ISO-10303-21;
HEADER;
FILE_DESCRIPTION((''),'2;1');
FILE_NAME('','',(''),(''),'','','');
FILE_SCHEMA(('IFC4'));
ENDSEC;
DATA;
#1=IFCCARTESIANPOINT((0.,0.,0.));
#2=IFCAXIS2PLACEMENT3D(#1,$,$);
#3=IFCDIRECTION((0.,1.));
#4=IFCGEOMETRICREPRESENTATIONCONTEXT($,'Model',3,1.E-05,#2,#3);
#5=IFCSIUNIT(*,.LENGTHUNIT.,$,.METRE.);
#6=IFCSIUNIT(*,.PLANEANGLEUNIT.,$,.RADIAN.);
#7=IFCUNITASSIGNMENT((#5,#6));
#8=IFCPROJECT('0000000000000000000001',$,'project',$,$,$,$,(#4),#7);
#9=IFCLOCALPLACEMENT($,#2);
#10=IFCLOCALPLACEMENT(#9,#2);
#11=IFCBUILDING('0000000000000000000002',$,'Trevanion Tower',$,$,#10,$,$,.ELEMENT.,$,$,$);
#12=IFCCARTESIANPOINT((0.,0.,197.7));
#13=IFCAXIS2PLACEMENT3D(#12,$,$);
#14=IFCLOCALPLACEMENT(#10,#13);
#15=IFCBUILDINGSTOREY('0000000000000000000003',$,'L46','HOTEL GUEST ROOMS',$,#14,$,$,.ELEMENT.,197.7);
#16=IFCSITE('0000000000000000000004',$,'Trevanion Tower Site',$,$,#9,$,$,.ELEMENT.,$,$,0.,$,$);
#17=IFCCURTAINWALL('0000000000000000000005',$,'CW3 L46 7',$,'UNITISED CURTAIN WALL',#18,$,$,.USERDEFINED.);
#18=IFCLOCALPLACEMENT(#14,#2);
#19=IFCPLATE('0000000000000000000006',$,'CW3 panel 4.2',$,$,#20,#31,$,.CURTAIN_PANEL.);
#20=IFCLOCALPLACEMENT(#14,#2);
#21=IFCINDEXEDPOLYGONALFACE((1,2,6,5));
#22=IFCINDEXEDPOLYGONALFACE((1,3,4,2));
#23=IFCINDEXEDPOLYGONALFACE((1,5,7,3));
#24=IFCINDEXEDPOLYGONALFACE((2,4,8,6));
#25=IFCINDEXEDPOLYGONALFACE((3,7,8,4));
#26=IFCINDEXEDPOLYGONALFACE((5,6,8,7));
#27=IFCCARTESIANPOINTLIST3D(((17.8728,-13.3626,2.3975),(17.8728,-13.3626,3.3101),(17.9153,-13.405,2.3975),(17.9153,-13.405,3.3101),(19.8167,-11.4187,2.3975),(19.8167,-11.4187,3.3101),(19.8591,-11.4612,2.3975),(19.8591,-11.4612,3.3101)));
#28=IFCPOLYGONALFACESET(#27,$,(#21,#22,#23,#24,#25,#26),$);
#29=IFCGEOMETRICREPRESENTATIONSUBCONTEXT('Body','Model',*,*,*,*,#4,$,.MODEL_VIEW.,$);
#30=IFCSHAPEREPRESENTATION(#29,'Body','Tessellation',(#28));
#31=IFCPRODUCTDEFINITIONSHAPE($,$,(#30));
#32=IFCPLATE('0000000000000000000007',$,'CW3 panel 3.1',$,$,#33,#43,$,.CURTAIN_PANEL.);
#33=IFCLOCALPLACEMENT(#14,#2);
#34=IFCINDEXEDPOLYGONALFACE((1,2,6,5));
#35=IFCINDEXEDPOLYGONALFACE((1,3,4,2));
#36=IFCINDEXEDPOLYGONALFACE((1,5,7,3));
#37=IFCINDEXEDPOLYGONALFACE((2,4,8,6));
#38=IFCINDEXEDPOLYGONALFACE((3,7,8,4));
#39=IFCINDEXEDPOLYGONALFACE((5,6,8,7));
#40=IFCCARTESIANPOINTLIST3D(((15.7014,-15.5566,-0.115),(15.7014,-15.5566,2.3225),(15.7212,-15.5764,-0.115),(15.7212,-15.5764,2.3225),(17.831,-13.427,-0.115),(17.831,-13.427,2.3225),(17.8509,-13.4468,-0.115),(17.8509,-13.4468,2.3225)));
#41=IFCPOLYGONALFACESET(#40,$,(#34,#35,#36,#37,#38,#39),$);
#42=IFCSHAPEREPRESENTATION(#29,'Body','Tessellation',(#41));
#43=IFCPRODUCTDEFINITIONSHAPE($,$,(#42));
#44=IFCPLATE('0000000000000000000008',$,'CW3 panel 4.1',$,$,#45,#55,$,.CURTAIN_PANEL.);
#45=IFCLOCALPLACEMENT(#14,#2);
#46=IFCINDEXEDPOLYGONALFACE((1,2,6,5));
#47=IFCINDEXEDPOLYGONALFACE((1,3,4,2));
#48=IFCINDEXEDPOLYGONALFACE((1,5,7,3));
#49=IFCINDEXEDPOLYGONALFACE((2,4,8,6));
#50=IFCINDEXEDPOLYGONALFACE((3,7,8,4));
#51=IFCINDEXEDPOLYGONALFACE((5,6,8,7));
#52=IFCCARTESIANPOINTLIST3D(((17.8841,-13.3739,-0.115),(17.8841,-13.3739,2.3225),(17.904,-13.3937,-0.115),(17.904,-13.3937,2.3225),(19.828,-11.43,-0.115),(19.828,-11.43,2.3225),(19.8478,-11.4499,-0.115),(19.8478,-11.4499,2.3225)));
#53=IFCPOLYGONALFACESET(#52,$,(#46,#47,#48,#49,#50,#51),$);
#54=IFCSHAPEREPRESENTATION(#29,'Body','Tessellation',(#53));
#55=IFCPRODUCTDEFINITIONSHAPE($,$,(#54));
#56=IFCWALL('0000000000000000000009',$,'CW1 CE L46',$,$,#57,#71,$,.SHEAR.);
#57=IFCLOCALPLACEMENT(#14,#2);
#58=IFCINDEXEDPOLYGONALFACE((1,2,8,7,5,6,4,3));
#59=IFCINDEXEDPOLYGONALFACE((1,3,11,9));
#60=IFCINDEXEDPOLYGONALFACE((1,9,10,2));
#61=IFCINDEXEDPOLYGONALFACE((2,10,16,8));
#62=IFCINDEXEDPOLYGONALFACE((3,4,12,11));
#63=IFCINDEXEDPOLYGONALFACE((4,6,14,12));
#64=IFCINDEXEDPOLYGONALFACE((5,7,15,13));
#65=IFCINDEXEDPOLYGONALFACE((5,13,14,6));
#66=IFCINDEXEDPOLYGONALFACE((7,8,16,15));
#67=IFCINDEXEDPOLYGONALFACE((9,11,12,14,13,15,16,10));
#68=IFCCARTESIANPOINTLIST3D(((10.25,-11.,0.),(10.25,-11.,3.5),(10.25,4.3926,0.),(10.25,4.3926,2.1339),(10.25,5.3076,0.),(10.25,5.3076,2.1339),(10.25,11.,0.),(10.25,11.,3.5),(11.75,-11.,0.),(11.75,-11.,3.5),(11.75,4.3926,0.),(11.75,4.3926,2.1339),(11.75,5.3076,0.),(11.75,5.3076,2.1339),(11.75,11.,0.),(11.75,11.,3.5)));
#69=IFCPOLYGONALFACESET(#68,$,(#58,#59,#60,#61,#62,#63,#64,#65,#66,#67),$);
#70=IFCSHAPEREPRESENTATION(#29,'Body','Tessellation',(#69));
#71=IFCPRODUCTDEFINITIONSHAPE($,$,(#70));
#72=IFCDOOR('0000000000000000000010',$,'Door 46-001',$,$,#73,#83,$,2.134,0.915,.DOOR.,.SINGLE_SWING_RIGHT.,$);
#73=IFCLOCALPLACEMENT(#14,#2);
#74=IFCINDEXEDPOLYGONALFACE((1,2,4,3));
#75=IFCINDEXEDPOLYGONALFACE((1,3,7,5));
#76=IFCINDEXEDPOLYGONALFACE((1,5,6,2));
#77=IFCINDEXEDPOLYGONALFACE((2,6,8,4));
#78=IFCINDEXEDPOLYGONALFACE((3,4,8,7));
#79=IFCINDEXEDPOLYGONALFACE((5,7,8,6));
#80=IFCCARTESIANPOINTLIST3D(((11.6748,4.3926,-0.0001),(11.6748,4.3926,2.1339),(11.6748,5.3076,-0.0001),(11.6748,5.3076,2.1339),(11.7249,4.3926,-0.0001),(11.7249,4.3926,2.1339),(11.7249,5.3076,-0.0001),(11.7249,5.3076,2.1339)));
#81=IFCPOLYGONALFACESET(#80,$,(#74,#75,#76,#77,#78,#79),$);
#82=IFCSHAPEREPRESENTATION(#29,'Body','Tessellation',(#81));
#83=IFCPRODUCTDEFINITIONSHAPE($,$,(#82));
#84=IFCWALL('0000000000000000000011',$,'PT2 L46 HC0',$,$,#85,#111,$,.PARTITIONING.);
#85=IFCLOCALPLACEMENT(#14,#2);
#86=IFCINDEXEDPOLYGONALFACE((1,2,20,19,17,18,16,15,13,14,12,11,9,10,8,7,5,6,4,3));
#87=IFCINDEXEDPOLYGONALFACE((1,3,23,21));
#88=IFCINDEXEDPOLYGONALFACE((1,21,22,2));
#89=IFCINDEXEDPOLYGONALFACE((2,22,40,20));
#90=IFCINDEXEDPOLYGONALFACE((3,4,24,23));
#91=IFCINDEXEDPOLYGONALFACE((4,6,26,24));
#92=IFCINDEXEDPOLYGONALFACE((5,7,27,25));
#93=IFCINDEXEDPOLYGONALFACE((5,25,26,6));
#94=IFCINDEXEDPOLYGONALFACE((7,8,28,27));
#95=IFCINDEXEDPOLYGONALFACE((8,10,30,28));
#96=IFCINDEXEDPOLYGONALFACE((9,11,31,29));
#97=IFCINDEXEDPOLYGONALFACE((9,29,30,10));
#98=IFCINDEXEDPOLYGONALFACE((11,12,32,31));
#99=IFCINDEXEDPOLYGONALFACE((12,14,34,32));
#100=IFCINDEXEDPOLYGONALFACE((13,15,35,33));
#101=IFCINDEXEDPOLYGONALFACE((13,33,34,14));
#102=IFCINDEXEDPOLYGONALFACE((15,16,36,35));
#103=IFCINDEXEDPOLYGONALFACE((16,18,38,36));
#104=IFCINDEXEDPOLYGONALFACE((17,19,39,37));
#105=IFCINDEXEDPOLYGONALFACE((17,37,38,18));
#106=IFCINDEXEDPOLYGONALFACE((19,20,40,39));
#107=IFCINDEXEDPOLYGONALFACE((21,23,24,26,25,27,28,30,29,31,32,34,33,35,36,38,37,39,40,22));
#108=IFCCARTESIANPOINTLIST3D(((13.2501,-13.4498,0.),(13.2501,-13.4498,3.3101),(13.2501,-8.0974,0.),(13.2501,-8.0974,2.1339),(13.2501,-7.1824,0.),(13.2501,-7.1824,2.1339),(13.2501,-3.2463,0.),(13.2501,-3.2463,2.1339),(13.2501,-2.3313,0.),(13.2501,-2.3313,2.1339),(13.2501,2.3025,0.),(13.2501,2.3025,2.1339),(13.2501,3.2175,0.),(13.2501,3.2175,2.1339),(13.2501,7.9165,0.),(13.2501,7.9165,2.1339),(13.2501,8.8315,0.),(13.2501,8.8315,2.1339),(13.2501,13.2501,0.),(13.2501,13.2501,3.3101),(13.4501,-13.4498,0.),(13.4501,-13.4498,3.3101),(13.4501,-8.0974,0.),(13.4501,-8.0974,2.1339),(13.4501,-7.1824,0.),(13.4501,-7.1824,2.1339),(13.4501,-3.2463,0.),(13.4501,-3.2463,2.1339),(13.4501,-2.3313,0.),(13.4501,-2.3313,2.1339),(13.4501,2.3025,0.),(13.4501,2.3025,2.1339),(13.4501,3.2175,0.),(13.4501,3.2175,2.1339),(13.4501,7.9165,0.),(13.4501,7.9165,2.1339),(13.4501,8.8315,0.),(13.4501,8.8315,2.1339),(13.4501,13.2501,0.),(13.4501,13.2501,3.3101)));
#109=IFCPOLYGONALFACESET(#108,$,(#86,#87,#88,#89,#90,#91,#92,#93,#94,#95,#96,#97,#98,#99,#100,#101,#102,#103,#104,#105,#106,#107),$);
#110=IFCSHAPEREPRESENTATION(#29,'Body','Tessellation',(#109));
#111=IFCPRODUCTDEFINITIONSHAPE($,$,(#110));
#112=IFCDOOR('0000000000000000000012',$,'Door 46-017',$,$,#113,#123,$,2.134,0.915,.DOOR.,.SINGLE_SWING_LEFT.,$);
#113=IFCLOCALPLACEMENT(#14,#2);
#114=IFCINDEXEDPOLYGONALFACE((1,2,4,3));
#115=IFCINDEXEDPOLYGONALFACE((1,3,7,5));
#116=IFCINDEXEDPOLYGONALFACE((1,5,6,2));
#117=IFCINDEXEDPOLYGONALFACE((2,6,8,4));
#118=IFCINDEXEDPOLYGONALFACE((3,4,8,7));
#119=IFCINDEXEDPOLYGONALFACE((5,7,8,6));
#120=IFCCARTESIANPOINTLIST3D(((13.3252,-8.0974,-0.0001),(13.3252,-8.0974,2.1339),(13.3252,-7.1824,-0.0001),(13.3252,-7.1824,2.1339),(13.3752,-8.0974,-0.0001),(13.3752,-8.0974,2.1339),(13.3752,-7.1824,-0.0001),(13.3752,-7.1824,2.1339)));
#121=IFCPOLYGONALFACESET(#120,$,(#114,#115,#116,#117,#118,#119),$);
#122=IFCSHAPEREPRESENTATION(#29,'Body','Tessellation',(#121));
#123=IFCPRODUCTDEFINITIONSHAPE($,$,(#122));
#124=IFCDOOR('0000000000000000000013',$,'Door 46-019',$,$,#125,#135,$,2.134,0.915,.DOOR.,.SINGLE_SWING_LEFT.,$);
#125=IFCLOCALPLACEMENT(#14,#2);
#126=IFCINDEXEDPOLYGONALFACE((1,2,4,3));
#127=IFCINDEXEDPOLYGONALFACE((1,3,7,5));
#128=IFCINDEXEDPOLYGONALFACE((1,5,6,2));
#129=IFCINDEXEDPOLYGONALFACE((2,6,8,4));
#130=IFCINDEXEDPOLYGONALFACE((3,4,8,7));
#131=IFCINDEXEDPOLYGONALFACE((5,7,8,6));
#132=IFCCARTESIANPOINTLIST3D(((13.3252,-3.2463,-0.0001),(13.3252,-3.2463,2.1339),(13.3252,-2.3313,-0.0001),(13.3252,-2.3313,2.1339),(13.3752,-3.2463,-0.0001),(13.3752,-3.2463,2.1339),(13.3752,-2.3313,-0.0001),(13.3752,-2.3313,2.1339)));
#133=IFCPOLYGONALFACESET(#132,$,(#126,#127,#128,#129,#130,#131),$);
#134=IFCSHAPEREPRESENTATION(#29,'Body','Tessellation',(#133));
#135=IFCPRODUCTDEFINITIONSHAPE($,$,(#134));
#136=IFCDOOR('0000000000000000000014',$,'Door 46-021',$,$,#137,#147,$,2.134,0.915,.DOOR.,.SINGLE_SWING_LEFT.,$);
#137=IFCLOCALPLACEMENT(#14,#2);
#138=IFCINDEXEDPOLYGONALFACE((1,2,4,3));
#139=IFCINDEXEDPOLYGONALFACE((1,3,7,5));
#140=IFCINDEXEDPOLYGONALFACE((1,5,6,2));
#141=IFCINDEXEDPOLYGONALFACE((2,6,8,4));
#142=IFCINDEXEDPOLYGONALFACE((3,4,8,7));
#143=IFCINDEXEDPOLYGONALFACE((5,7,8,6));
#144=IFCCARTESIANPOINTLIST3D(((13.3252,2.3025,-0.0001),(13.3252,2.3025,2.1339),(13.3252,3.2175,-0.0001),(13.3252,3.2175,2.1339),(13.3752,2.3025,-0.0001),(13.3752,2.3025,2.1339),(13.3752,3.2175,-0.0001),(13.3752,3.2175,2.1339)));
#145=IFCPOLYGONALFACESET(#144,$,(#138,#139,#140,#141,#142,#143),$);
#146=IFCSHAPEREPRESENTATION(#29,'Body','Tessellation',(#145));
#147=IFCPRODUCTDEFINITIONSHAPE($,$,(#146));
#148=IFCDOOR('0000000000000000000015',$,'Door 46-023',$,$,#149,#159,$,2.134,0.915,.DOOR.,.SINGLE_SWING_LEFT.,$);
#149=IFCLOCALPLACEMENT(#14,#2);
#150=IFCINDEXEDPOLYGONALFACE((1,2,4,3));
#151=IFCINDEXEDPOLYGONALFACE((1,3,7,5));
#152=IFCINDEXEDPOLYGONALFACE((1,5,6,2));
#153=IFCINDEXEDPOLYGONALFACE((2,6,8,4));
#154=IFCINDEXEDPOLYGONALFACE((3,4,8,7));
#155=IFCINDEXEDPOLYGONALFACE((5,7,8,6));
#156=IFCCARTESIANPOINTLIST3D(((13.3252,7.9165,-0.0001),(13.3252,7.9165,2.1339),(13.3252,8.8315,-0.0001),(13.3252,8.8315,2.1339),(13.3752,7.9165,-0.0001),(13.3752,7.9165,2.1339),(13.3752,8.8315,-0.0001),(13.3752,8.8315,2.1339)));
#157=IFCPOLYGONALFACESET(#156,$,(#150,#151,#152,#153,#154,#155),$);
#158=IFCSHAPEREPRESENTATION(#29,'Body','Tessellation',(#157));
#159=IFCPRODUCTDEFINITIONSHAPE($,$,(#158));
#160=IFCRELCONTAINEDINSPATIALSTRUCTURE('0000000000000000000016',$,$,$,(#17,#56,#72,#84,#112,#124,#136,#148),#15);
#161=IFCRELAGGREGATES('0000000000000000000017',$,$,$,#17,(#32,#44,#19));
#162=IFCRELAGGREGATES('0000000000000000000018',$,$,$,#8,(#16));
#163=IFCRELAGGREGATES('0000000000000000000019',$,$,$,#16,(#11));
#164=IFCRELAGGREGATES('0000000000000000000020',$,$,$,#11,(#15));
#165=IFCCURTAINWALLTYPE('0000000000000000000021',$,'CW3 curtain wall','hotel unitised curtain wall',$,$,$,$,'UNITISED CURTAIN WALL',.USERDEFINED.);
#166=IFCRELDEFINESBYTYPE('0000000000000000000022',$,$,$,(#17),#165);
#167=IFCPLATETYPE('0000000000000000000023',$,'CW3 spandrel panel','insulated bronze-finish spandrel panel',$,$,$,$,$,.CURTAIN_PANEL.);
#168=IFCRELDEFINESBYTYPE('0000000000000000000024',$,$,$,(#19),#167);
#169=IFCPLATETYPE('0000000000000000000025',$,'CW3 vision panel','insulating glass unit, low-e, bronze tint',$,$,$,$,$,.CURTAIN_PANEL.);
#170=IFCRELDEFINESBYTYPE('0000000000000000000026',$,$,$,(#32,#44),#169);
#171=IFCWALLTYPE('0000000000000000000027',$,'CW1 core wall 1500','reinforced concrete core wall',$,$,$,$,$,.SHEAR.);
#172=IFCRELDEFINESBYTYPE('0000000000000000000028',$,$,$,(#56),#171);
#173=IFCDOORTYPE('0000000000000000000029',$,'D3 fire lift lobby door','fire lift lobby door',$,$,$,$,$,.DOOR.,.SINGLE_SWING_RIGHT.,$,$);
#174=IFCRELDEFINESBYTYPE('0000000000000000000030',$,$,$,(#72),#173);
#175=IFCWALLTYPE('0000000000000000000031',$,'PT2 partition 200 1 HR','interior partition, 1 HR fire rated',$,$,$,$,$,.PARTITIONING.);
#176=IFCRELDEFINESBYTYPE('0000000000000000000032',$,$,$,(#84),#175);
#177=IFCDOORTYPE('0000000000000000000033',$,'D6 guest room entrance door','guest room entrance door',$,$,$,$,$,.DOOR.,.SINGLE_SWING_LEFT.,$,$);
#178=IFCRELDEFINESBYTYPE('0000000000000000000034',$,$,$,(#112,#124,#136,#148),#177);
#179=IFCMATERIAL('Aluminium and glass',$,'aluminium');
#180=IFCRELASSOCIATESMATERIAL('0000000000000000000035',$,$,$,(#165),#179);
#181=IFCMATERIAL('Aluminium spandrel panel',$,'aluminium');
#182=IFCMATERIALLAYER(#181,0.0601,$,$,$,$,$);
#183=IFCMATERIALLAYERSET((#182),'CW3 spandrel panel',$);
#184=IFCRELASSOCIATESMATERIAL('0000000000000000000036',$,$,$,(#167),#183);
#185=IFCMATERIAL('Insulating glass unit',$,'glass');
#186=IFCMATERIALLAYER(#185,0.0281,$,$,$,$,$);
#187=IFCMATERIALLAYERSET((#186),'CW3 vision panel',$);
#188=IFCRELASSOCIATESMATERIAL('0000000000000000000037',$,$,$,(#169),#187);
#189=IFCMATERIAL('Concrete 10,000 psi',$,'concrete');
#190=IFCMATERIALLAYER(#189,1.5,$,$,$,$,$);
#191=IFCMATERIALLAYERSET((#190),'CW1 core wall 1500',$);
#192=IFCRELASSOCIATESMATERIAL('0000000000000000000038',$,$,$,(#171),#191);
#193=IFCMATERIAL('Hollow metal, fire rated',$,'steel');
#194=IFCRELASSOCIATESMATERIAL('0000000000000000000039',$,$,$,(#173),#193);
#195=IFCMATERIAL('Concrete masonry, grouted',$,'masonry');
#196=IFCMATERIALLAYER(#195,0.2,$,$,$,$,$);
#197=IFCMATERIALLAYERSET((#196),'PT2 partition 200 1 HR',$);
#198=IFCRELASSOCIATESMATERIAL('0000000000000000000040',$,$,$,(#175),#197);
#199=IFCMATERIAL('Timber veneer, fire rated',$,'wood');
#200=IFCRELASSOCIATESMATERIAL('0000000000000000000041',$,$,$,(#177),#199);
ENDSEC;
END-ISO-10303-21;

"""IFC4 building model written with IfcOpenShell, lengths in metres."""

from ifc_helpers import new_model, si_unit, direction, frame, frame_2d, origin, origin_2d, place, context, subcontext, project, spatial, rectangle, extrude, material, layer, layer_set, type_object, element, fill, aggregate, save


model = new_model("IFC4")

# Units and contexts
model_context = context("Model", 3, precision=1e-05, world=origin(), true_north=direction((0.0, 1.0)))
body_context = subcontext(model_context, "Body", "Model", "MODEL_VIEW")
ifc_project = project(units=[si_unit("LENGTHUNIT", "METRE"), si_unit("PLANEANGLEUNIT", "RADIAN")], contexts=[model_context])

# Site, building, storey
site_placement = place(None, origin())
site = spatial("IfcSite", under=ifc_project, at=site_placement, Name="Trevanion Tower Site", CompositionType="ELEMENT", RefElevation=0.0)
building_placement = place(site_placement, origin())
building = spatial("IfcBuilding", under=site, at=building_placement, Name="Trevanion Tower", CompositionType="ELEMENT")
storey_placement = place(building_placement, frame((0.0, 0.0, 197.7)))
storey = spatial("IfcBuildingStorey", under=building, at=storey_placement, Name="L46", Description="HOTEL GUEST ROOMS", CompositionType="ELEMENT", Elevation=197.7)

# Curtain wall
ifc_material_1 = material(Name="Aluminium and glass", Category="aluminium")
curtain_wall_type = type_object("IfcCurtainWallType", Name="CW3 curtain wall", Description="hotel unitised curtain wall", ElementType="UNITISED CURTAIN WALL", PredefinedType="USERDEFINED", material=ifc_material_1)
curtain_wall_placement = place(storey_placement, origin())
curtain_wall = element("IfcCurtainWall", 1, at=curtain_wall_placement, inside=storey, type_object=curtain_wall_type, Name="CW3 L46 7", ObjectType="UNITISED CURTAIN WALL", PredefinedType="USERDEFINED")

# Plates
ifc_material_2 = material(Name="Aluminium spandrel panel", Category="aluminium")
ifc_layer_1 = layer(ifc_material_2, 0.0601)
ifc_layer_set_1 = layer_set([ifc_layer_1], Name="CW3 spandrel panel")
plate_type_1 = type_object("IfcPlateType", Name="CW3 spandrel panel", Description="insulated bronze-finish spandrel panel", PredefinedType="CURTAIN_PANEL", material=ifc_layer_set_1)
plate_1_placement = place(storey_placement, frame((18.866, -12.4119, 2.3975), z_axis=(0.0, 0.0, 1.0), x_axis=(0.707107, 0.707107, 0.0)))
plate_1 = element("IfcPlate", 2, at=plate_1_placement, type_object=plate_type_1, Name="CW3 panel 4.2", PredefinedType="CURTAIN_PANEL", context=body_context, shape_type="SweptSolid", body=[
    extrude(rectangle(XDim=2.749, YDim=0.0601, at=origin_2d()), origin(), (0.0, 0.0, 1.0), 0.9126),
])
ifc_material_3 = material(Name="Insulating glass unit", Category="glass")
ifc_layer_2 = layer(ifc_material_3, 0.0281)
ifc_layer_set_2 = layer_set([ifc_layer_2], Name="CW3 vision panel")
plate_type_2 = type_object("IfcPlateType", Name="CW3 vision panel", Description="insulating glass unit, low-e, bronze tint", PredefinedType="CURTAIN_PANEL", material=ifc_layer_set_2)
plate_2_placement = place(storey_placement, frame((16.7761, -14.5017, -0.115), z_axis=(0.0, 0.0, 1.0), x_axis=(0.707107, 0.707107, 0.0)))
plate_2 = element("IfcPlate", 3, at=plate_2_placement, type_object=plate_type_2, Name="CW3 panel 3.1", PredefinedType="CURTAIN_PANEL", context=body_context, shape_type="SweptSolid", body=[
    extrude(rectangle(XDim=3.0117, YDim=0.0281, at=origin_2d()), origin(), (0.0, 0.0, 1.0), 2.4375),
])
plate_3_placement = place(storey_placement, frame((18.866, -12.4119, -0.115), z_axis=(0.0, 0.0, 1.0), x_axis=(0.707107, 0.707107, 0.0)))
plate_3 = element("IfcPlate", 4, at=plate_3_placement, type_object=plate_type_2, Name="CW3 panel 4.1", PredefinedType="CURTAIN_PANEL", context=body_context, shape_type="SweptSolid", body=[
    extrude(rectangle(XDim=2.749, YDim=0.0281, at=origin_2d()), origin(), (0.0, 0.0, 1.0), 2.4375),
])
aggregate(curtain_wall, [plate_2, plate_3, plate_1])

# Wall, opening, door
ifc_material_4 = material(Name="Concrete 10,000 psi", Category="concrete")
ifc_layer_3 = layer(ifc_material_4, 1.5)
ifc_layer_set_3 = layer_set([ifc_layer_3], Name="CW1 core wall 1500")
wall_type_1 = type_object("IfcWallType", Name="CW1 core wall 1500", Description="reinforced concrete core wall", PredefinedType="SHEAR", material=ifc_layer_set_3)
wall_1_placement = place(storey_placement, frame((11.0, -11.0, 0.0), z_axis=(0.0, 0.0, 1.0), x_axis=(0.0, 1.0, 0.0)))
wall_1 = element("IfcWall", 5, at=wall_1_placement, inside=storey, type_object=wall_type_1, Name="CW1 CE L46", PredefinedType="SHEAR", context=body_context, shape_type="SweptSolid", body=[
    extrude(rectangle(XDim=22.0, YDim=1.5, at=frame_2d((11.0, 0.0))), origin(), (0.0, 0.0, 1.0), 3.5),
])
opening_1_placement = place(wall_1_placement, frame((15.3926, 0.0, 0.0)))
opening_1 = element("IfcOpeningElement", 6, at=opening_1_placement, cuts=wall_1, PredefinedType="OPENING", context=body_context, shape_type="SweptSolid", body=[
    extrude(rectangle(XDim=0.915, YDim=2.134, at=frame_2d((0.4575, 1.0669))), frame((0.0, 0.76, 0.0), z_axis=(0.0, -1.0, 0.0), x_axis=(1.0, 0.0, 0.0)), (0.0, 0.0, 1.0), 1.52),
])
ifc_material_5 = material(Name="Hollow metal, fire rated", Category="steel")
door_type_1 = type_object("IfcDoorType", Name="D3 fire lift lobby door", Description="fire lift lobby door", OperationType="SINGLE_SWING_RIGHT", PredefinedType="DOOR", material=ifc_material_5)
door_1_placement = place(opening_1_placement, origin())
door_1 = element("IfcDoor", 7, at=door_1_placement, inside=storey, type_object=door_type_1, Name="Door 46-001", OperationType="SINGLE_SWING_RIGHT", OverallHeight=2.134, OverallWidth=0.915, PredefinedType="DOOR", context=body_context, shape_type="SweptSolid", body=[
    extrude(rectangle(XDim=0.915, YDim=2.134, at=frame_2d((0.4575, 1.0669))), frame((0.0, -0.6748, 0.0), z_axis=(0.0, -1.0, 0.0), x_axis=(1.0, 0.0, 0.0)), (0.0, 0.0, 1.0), 0.05),
])
fill(opening_1, door_1)

# Wall, openings, doors
ifc_material_6 = material(Name="Concrete masonry, grouted", Category="masonry")
ifc_layer_4 = layer(ifc_material_6, 0.2)
ifc_layer_set_4 = layer_set([ifc_layer_4], Name="PT2 partition 200 1 HR")
wall_type_2 = type_object("IfcWallType", Name="PT2 partition 200 1 HR", Description="interior partition, 1 HR fire rated", PredefinedType="PARTITIONING", material=ifc_layer_set_4)
wall_2_placement = place(storey_placement, frame((13.3501, -13.45, 0.0), z_axis=(0.0, 0.0, 1.0), x_axis=(0.0, 1.0, 0.0)))
wall_2 = element("IfcWall", 8, at=wall_2_placement, inside=storey, type_object=wall_type_2, Name="PT2 L46 HC0", PredefinedType="PARTITIONING", context=body_context, shape_type="SweptSolid", body=[
    extrude(rectangle(XDim=26.7, YDim=0.2, at=frame_2d((13.3501, 0.0))), origin(), (0.0, 0.0, 1.0), 3.3101),
])
opening_2_placement = place(wall_2_placement, frame((5.3525, 0.0, 0.0)))
opening_2 = element("IfcOpeningElement", 9, at=opening_2_placement, cuts=wall_2, PredefinedType="OPENING", context=body_context, shape_type="SweptSolid", body=[
    extrude(rectangle(XDim=0.915, YDim=2.134, at=frame_2d((0.4575, 1.0669))), frame((0.0, 0.1099, 0.0), z_axis=(0.0, -1.0, 0.0), x_axis=(1.0, 0.0, 0.0)), (0.0, 0.0, 1.0), 0.22),
])
opening_3_placement = place(wall_2_placement, frame((10.2036, 0.0, 0.0)))
opening_3 = element("IfcOpeningElement", 10, at=opening_3_placement, cuts=wall_2, PredefinedType="OPENING", context=body_context, shape_type="SweptSolid", body=[
    extrude(rectangle(XDim=0.915, YDim=2.134, at=frame_2d((0.4575, 1.0669))), frame((0.0, 0.1099, 0.0), z_axis=(0.0, -1.0, 0.0), x_axis=(1.0, 0.0, 0.0)), (0.0, 0.0, 1.0), 0.22),
])
opening_4_placement = place(wall_2_placement, frame((15.7524, 0.0, 0.0)))
opening_4 = element("IfcOpeningElement", 11, at=opening_4_placement, cuts=wall_2, PredefinedType="OPENING", context=body_context, shape_type="SweptSolid", body=[
    extrude(rectangle(XDim=0.915, YDim=2.134, at=frame_2d((0.4575, 1.0669))), frame((0.0, 0.1099, 0.0), z_axis=(0.0, -1.0, 0.0), x_axis=(1.0, 0.0, 0.0)), (0.0, 0.0, 1.0), 0.22),
])
opening_5_placement = place(wall_2_placement, frame((21.3665, 0.0, 0.0)))
opening_5 = element("IfcOpeningElement", 12, at=opening_5_placement, cuts=wall_2, PredefinedType="OPENING", context=body_context, shape_type="SweptSolid", body=[
    extrude(rectangle(XDim=0.915, YDim=2.134, at=frame_2d((0.4575, 1.0669))), frame((0.0, 0.1099, 0.0), z_axis=(0.0, -1.0, 0.0), x_axis=(1.0, 0.0, 0.0)), (0.0, 0.0, 1.0), 0.22),
])
ifc_material_7 = material(Name="Timber veneer, fire rated", Category="wood")
door_type_2 = type_object("IfcDoorType", Name="D6 guest room entrance door", Description="guest room entrance door", OperationType="SINGLE_SWING_LEFT", PredefinedType="DOOR", material=ifc_material_7)
door_2_placement = place(opening_2_placement, origin())
door_2 = element("IfcDoor", 13, at=door_2_placement, inside=storey, type_object=door_type_2, Name="Door 46-017", OperationType="SINGLE_SWING_LEFT", OverallHeight=2.134, OverallWidth=0.915, PredefinedType="DOOR", context=body_context, shape_type="SweptSolid", body=[
    extrude(rectangle(XDim=0.915, YDim=2.134, at=frame_2d((0.4575, 1.0669))), frame((0.0, 0.0249, 0.0), z_axis=(0.0, -1.0, 0.0), x_axis=(1.0, 0.0, 0.0)), (0.0, 0.0, 1.0), 0.05),
])
fill(opening_2, door_2)
door_3_placement = place(opening_3_placement, origin())
door_3 = element("IfcDoor", 14, at=door_3_placement, inside=storey, type_object=door_type_2, Name="Door 46-019", OperationType="SINGLE_SWING_LEFT", OverallHeight=2.134, OverallWidth=0.915, PredefinedType="DOOR", context=body_context, shape_type="SweptSolid", body=[
    extrude(rectangle(XDim=0.915, YDim=2.134, at=frame_2d((0.4575, 1.0669))), frame((0.0, 0.0249, 0.0), z_axis=(0.0, -1.0, 0.0), x_axis=(1.0, 0.0, 0.0)), (0.0, 0.0, 1.0), 0.05),
])
fill(opening_3, door_3)
door_4_placement = place(opening_4_placement, origin())
door_4 = element("IfcDoor", 15, at=door_4_placement, inside=storey, type_object=door_type_2, Name="Door 46-021", OperationType="SINGLE_SWING_LEFT", OverallHeight=2.134, OverallWidth=0.915, PredefinedType="DOOR", context=body_context, shape_type="SweptSolid", body=[
    extrude(rectangle(XDim=0.915, YDim=2.134, at=frame_2d((0.4575, 1.0669))), frame((0.0, 0.0249, 0.0), z_axis=(0.0, -1.0, 0.0), x_axis=(1.0, 0.0, 0.0)), (0.0, 0.0, 1.0), 0.05),
])
fill(opening_4, door_4)
door_5_placement = place(opening_5_placement, origin())
door_5 = element("IfcDoor", 16, at=door_5_placement, inside=storey, type_object=door_type_2, Name="Door 46-023", OperationType="SINGLE_SWING_LEFT", OverallHeight=2.134, OverallWidth=0.915, PredefinedType="DOOR", context=body_context, shape_type="SweptSolid", body=[
    extrude(rectangle(XDim=0.915, YDim=2.134, at=frame_2d((0.4575, 1.0669))), frame((0.0, 0.0249, 0.0), z_axis=(0.0, -1.0, 0.0), x_axis=(1.0, 0.0, 0.0)), (0.0, 0.0, 1.0), 0.05),
])
fill(opening_5, door_5)

save(model, "model.ifc")
